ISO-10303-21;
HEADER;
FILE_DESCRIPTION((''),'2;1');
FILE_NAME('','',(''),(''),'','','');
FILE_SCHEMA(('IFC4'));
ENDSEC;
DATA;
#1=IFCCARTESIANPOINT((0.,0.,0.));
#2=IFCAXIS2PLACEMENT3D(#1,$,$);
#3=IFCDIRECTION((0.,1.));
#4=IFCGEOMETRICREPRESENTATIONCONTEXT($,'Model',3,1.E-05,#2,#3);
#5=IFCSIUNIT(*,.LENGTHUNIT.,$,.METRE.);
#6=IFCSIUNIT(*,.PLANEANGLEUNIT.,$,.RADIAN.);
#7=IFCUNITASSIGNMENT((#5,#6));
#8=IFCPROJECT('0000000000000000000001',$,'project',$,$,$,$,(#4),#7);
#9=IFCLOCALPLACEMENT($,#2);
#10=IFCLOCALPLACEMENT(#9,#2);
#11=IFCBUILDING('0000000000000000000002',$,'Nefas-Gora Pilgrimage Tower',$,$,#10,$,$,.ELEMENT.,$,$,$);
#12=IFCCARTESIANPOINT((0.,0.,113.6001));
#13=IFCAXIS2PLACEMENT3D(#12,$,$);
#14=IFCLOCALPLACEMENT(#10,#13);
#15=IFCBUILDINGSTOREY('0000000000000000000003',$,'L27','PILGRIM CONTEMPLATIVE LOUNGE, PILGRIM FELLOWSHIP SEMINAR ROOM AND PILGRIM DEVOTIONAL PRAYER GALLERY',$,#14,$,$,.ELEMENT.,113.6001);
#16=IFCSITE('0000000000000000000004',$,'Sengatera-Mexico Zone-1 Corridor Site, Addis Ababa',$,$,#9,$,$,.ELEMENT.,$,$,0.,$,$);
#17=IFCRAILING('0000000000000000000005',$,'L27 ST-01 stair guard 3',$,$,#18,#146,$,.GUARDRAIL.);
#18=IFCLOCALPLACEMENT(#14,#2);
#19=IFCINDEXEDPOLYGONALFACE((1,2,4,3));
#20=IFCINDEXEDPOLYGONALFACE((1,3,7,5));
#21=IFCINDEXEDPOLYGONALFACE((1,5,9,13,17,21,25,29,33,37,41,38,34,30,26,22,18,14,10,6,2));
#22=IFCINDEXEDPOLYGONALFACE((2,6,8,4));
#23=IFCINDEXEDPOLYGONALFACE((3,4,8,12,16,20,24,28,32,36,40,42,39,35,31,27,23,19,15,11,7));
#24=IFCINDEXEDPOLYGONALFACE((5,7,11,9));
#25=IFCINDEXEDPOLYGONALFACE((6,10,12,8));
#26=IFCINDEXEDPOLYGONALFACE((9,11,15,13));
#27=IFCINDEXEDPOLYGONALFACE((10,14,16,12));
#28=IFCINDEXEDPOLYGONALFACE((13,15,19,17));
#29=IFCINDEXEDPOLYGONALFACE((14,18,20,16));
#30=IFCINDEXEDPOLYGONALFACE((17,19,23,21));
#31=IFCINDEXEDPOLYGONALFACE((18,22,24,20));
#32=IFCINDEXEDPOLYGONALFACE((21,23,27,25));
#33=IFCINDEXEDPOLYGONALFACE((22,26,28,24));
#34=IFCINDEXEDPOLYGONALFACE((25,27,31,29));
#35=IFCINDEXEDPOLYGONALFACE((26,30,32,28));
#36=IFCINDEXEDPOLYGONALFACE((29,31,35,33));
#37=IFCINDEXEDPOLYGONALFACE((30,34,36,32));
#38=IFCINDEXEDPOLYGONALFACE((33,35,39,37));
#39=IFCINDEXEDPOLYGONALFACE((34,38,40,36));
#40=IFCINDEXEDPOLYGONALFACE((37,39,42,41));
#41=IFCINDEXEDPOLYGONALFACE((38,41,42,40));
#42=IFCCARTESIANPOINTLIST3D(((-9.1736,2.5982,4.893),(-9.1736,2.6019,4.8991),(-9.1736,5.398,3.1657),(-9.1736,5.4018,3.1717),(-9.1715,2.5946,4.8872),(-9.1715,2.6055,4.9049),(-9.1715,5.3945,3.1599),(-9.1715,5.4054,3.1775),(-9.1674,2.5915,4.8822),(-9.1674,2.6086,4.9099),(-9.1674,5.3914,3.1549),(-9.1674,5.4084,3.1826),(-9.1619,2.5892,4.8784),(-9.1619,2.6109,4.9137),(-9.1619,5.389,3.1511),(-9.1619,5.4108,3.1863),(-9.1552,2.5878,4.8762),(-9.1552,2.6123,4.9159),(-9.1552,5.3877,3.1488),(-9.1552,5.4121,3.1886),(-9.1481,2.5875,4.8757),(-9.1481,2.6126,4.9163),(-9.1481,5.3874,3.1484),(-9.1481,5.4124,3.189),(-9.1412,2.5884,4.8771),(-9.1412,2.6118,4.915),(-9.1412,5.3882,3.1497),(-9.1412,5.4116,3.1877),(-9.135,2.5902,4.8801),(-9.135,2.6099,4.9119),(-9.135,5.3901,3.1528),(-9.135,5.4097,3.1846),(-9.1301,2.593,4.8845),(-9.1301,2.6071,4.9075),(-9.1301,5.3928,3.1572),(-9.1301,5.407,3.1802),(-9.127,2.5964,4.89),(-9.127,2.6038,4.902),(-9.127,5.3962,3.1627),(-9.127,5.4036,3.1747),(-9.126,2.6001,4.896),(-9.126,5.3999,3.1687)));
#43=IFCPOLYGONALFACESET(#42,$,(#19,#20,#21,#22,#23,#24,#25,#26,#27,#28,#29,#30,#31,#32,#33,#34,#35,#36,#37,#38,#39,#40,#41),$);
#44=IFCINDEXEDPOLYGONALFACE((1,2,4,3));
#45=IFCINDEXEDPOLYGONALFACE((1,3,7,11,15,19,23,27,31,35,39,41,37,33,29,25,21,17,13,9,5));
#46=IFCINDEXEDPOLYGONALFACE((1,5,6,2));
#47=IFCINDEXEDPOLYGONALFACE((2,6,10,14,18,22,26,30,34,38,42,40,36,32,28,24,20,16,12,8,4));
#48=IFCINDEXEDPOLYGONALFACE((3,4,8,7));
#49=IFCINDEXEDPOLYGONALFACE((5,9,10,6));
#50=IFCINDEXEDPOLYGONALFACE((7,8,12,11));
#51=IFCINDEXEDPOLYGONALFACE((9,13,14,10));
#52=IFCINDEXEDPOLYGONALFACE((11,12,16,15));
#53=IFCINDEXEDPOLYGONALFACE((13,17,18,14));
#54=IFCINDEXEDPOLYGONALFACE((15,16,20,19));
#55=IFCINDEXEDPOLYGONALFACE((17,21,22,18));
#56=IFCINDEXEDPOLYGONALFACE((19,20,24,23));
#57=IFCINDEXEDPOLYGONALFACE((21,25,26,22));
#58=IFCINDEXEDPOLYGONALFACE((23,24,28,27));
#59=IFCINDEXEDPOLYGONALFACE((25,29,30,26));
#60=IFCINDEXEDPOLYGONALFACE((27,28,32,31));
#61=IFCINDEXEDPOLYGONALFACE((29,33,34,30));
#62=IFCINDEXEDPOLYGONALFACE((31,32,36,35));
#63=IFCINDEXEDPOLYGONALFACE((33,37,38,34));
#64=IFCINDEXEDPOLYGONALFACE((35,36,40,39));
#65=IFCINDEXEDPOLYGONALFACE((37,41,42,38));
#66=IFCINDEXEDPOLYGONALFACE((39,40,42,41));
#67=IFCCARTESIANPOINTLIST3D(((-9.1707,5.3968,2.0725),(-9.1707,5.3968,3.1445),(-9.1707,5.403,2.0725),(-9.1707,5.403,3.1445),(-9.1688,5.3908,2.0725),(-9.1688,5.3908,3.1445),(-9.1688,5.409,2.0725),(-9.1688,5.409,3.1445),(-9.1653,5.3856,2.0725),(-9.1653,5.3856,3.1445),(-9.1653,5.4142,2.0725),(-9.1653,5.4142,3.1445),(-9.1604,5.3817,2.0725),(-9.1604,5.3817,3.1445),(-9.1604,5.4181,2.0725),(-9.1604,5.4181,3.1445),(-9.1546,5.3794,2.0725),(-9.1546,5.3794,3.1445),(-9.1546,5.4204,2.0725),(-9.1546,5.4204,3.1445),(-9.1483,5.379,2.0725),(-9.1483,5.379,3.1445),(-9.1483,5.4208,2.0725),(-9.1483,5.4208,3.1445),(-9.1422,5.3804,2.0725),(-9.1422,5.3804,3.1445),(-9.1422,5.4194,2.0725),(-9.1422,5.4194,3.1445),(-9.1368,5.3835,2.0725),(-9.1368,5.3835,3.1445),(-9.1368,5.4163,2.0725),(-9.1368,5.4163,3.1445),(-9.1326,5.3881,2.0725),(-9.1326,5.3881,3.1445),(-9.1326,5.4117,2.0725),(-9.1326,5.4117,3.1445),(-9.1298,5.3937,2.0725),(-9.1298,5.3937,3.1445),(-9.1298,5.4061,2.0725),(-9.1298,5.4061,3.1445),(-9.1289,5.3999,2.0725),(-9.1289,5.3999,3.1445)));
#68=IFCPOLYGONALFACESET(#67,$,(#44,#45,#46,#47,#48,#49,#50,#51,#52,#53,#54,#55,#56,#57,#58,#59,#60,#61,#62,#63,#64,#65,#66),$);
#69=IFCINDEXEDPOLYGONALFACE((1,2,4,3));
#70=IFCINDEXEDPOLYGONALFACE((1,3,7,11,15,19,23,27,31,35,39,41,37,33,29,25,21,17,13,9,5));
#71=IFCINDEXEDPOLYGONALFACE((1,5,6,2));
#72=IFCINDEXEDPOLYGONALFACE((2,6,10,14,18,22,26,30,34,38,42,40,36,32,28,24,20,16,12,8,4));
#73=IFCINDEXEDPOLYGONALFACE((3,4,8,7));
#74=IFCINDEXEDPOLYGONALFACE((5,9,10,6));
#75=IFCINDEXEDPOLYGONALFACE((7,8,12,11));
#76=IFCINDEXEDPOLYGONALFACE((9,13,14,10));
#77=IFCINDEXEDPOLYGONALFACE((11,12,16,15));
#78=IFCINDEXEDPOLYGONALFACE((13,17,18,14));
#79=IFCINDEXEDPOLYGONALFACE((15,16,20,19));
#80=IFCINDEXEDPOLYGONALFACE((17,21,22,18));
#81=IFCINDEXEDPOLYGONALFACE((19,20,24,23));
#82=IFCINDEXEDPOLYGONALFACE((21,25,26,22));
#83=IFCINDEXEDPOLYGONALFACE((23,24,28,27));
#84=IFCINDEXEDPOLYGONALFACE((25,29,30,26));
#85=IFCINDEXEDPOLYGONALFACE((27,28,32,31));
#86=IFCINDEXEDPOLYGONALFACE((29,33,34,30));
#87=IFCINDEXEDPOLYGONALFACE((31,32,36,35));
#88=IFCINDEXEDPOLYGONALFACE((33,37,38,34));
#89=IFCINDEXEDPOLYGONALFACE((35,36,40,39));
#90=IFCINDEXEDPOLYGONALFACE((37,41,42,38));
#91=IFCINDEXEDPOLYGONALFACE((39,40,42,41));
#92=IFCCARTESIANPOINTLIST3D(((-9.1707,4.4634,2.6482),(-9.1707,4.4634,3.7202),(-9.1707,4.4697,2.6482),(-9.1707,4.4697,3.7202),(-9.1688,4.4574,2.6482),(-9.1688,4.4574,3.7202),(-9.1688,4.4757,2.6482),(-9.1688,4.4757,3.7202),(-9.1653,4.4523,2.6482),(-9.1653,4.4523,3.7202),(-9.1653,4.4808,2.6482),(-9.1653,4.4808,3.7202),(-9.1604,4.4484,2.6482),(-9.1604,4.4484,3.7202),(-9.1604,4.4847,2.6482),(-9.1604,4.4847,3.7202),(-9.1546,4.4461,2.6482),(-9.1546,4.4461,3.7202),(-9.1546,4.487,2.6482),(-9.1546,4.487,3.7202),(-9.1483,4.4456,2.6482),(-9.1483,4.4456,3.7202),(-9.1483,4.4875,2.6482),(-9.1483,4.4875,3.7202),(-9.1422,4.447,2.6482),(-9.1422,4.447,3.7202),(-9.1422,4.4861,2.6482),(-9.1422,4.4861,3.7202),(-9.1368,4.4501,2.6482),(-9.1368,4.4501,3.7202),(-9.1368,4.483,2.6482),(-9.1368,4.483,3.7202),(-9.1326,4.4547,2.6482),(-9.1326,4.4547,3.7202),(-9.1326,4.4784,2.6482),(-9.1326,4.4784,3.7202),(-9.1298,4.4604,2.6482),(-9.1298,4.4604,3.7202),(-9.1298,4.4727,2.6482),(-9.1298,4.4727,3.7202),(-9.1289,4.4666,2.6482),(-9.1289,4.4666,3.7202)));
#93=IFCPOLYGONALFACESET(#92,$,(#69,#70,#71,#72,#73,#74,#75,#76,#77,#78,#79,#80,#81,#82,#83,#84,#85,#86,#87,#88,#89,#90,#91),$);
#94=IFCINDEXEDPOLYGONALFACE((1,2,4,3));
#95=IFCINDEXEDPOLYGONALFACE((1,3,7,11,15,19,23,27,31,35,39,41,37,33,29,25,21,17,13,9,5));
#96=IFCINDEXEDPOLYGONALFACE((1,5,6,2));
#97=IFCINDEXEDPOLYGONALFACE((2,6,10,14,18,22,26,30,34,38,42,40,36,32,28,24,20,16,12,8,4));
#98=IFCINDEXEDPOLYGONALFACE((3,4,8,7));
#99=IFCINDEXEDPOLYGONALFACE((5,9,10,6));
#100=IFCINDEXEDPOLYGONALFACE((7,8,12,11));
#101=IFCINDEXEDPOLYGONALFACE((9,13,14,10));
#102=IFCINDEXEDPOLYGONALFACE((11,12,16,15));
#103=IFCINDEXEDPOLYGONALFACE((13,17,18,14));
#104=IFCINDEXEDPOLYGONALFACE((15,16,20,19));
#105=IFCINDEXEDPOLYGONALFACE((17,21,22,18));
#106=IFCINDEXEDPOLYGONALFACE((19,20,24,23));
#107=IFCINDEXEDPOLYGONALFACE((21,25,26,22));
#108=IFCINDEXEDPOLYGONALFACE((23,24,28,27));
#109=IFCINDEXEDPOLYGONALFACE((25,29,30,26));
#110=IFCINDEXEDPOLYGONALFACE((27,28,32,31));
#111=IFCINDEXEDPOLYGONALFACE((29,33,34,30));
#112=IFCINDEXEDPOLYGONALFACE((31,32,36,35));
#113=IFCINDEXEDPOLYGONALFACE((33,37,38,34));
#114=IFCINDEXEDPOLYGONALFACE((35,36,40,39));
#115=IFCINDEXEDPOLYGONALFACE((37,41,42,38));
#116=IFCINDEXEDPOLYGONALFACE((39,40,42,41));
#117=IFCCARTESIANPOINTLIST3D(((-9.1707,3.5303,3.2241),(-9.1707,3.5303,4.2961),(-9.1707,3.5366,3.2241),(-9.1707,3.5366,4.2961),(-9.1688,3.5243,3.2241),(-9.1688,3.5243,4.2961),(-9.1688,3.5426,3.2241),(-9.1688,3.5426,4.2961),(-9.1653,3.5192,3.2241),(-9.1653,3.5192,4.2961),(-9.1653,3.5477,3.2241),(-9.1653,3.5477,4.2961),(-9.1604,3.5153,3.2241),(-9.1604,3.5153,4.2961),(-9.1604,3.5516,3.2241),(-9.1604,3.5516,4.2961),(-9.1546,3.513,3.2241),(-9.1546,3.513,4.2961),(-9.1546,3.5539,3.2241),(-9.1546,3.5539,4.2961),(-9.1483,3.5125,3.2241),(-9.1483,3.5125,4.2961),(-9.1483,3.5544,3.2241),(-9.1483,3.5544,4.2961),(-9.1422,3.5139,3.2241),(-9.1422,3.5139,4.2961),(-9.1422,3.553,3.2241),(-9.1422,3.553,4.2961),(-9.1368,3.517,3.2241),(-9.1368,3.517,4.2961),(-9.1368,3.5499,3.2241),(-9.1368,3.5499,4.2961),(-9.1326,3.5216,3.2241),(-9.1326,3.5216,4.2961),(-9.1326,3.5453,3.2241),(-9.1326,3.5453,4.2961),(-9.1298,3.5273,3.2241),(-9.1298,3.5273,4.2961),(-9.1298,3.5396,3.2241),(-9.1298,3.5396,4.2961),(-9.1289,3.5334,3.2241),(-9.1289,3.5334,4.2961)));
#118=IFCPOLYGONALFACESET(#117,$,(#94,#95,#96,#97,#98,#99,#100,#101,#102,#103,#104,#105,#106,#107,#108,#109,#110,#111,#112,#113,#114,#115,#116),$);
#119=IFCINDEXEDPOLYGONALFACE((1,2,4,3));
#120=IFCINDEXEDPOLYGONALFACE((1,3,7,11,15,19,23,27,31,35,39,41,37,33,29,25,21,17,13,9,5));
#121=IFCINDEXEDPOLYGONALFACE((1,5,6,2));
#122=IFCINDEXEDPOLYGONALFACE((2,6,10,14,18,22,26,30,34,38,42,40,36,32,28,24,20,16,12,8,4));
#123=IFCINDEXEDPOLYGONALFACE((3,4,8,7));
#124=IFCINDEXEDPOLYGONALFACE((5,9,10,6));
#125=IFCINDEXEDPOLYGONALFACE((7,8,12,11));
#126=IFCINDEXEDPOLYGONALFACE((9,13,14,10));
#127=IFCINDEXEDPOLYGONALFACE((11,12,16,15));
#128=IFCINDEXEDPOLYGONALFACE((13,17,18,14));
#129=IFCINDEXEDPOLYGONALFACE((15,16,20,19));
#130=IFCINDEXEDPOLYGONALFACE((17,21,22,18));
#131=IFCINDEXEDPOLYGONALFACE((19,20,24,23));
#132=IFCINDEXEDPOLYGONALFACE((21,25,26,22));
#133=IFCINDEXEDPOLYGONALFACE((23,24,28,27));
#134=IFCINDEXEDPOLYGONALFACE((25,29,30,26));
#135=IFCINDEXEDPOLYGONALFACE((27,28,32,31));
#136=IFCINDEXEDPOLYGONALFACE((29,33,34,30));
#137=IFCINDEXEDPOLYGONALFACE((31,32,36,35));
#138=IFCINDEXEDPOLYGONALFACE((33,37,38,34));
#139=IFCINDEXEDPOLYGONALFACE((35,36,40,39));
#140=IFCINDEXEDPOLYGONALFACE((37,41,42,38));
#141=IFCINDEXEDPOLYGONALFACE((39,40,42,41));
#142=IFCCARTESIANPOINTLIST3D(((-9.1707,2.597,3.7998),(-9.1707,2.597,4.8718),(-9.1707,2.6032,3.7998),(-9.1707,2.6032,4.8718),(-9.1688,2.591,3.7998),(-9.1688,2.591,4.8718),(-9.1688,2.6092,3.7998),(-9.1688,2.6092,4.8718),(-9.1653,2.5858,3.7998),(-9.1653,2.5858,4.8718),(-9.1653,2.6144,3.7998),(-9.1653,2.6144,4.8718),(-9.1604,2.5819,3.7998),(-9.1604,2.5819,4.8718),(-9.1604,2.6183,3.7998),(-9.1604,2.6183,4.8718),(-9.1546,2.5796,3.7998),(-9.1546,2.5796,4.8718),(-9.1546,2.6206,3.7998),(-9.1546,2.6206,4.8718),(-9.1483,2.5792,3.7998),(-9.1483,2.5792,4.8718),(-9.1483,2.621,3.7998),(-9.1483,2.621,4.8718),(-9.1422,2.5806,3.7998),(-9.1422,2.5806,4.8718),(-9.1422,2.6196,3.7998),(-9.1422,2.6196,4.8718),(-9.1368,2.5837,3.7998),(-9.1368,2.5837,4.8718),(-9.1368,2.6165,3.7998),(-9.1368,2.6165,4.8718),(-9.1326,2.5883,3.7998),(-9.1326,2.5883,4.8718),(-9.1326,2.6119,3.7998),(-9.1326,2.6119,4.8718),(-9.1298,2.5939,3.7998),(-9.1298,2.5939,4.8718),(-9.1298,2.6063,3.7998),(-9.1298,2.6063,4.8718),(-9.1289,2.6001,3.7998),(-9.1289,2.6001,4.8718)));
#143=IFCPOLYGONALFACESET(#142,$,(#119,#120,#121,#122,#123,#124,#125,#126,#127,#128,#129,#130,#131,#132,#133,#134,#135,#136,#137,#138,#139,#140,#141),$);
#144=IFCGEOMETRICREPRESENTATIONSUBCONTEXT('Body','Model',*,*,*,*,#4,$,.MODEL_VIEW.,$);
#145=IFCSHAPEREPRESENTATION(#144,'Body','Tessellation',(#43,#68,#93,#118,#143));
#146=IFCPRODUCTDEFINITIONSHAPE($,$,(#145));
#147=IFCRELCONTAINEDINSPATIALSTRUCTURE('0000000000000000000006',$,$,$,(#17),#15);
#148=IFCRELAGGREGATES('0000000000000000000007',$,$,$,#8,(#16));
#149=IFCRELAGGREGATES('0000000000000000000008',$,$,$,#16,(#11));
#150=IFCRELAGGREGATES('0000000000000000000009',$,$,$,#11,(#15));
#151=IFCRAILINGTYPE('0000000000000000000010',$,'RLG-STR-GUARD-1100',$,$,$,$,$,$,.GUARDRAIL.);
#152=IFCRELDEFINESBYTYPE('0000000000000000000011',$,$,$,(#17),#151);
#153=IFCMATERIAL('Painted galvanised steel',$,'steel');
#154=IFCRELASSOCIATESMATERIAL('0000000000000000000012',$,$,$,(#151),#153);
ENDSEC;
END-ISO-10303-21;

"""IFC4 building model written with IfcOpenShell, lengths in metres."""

from ifc_helpers import new_model, si_unit, direction, frame, origin, origin_2d, place, context, subcontext, project, spatial, circle, extrude, material, type_object, element, save


model = new_model("IFC4")

# Units and contexts
model_context = context("Model", 3, precision=1e-05, world=origin(), true_north=direction((0.0, 1.0)))
body_context = subcontext(model_context, "Body", "Model", "MODEL_VIEW")
ifc_project = project(units=[si_unit("LENGTHUNIT", "METRE"), si_unit("PLANEANGLEUNIT", "RADIAN")], contexts=[model_context])

# Site, building, storey
site_placement = place(None, origin())
site = spatial("IfcSite", under=ifc_project, at=site_placement, Name="Sengatera-Mexico Zone-1 Corridor Site, Addis Ababa", CompositionType="ELEMENT", RefElevation=0.0)
building_placement = place(site_placement, origin())
building = spatial("IfcBuilding", under=site, at=building_placement, Name="Nefas-Gora Pilgrimage Tower", CompositionType="ELEMENT")
storey_placement = place(building_placement, frame((0.0, 0.0, 113.6001)))
storey = spatial("IfcBuildingStorey", under=building, at=storey_placement, Name="L27", Description="PILGRIM CONTEMPLATIVE LOUNGE, PILGRIM FELLOWSHIP SEMINAR ROOM AND PILGRIM DEVOTIONAL PRAYER GALLERY", CompositionType="ELEMENT", Elevation=113.6001)

# Railing
ifc_material_1 = material(Name="Painted galvanised steel", Category="steel")
railing_type_1 = type_object("IfcRailingType", Name="RLG-STR-GUARD-1100", PredefinedType="GUARDRAIL", material=ifc_material_1)
railing_1_placement = place(storey_placement, frame((-9.1499, 5.3999, 2.0725)))
element("IfcRailing", 1, at=railing_1_placement, inside=storey, type_object=railing_type_1, Name="L27 ST-01 stair guard 3", PredefinedType="GUARDRAIL", context=body_context, shape_type="SweptSolid", body=[
    extrude(circle(Radius=0.0239, at=origin_2d()), frame((0.0, 0.0, 1.0962), z_axis=(0.0, -0.851069, 0.525054), x_axis=(1.0, 0.0, 0.0)), (0.0, 0.0, 1.0), 3.2898),
    extrude(circle(Radius=0.021, at=origin_2d()), origin(), (0.0, 0.0, 1.0), 1.072),
    extrude(circle(Radius=0.021, at=origin_2d()), frame((0.0, -0.9333, 0.5757)), (0.0, 0.0, 1.0), 1.072),
    extrude(circle(Radius=0.021, at=origin_2d()), frame((0.0, -1.8665, 1.1516)), (0.0, 0.0, 1.0), 1.072),
    extrude(circle(Radius=0.021, at=origin_2d()), frame((0.0, -2.7998, 1.7273)), (0.0, 0.0, 1.0), 1.072),
])

save(model, "model.ifc")
